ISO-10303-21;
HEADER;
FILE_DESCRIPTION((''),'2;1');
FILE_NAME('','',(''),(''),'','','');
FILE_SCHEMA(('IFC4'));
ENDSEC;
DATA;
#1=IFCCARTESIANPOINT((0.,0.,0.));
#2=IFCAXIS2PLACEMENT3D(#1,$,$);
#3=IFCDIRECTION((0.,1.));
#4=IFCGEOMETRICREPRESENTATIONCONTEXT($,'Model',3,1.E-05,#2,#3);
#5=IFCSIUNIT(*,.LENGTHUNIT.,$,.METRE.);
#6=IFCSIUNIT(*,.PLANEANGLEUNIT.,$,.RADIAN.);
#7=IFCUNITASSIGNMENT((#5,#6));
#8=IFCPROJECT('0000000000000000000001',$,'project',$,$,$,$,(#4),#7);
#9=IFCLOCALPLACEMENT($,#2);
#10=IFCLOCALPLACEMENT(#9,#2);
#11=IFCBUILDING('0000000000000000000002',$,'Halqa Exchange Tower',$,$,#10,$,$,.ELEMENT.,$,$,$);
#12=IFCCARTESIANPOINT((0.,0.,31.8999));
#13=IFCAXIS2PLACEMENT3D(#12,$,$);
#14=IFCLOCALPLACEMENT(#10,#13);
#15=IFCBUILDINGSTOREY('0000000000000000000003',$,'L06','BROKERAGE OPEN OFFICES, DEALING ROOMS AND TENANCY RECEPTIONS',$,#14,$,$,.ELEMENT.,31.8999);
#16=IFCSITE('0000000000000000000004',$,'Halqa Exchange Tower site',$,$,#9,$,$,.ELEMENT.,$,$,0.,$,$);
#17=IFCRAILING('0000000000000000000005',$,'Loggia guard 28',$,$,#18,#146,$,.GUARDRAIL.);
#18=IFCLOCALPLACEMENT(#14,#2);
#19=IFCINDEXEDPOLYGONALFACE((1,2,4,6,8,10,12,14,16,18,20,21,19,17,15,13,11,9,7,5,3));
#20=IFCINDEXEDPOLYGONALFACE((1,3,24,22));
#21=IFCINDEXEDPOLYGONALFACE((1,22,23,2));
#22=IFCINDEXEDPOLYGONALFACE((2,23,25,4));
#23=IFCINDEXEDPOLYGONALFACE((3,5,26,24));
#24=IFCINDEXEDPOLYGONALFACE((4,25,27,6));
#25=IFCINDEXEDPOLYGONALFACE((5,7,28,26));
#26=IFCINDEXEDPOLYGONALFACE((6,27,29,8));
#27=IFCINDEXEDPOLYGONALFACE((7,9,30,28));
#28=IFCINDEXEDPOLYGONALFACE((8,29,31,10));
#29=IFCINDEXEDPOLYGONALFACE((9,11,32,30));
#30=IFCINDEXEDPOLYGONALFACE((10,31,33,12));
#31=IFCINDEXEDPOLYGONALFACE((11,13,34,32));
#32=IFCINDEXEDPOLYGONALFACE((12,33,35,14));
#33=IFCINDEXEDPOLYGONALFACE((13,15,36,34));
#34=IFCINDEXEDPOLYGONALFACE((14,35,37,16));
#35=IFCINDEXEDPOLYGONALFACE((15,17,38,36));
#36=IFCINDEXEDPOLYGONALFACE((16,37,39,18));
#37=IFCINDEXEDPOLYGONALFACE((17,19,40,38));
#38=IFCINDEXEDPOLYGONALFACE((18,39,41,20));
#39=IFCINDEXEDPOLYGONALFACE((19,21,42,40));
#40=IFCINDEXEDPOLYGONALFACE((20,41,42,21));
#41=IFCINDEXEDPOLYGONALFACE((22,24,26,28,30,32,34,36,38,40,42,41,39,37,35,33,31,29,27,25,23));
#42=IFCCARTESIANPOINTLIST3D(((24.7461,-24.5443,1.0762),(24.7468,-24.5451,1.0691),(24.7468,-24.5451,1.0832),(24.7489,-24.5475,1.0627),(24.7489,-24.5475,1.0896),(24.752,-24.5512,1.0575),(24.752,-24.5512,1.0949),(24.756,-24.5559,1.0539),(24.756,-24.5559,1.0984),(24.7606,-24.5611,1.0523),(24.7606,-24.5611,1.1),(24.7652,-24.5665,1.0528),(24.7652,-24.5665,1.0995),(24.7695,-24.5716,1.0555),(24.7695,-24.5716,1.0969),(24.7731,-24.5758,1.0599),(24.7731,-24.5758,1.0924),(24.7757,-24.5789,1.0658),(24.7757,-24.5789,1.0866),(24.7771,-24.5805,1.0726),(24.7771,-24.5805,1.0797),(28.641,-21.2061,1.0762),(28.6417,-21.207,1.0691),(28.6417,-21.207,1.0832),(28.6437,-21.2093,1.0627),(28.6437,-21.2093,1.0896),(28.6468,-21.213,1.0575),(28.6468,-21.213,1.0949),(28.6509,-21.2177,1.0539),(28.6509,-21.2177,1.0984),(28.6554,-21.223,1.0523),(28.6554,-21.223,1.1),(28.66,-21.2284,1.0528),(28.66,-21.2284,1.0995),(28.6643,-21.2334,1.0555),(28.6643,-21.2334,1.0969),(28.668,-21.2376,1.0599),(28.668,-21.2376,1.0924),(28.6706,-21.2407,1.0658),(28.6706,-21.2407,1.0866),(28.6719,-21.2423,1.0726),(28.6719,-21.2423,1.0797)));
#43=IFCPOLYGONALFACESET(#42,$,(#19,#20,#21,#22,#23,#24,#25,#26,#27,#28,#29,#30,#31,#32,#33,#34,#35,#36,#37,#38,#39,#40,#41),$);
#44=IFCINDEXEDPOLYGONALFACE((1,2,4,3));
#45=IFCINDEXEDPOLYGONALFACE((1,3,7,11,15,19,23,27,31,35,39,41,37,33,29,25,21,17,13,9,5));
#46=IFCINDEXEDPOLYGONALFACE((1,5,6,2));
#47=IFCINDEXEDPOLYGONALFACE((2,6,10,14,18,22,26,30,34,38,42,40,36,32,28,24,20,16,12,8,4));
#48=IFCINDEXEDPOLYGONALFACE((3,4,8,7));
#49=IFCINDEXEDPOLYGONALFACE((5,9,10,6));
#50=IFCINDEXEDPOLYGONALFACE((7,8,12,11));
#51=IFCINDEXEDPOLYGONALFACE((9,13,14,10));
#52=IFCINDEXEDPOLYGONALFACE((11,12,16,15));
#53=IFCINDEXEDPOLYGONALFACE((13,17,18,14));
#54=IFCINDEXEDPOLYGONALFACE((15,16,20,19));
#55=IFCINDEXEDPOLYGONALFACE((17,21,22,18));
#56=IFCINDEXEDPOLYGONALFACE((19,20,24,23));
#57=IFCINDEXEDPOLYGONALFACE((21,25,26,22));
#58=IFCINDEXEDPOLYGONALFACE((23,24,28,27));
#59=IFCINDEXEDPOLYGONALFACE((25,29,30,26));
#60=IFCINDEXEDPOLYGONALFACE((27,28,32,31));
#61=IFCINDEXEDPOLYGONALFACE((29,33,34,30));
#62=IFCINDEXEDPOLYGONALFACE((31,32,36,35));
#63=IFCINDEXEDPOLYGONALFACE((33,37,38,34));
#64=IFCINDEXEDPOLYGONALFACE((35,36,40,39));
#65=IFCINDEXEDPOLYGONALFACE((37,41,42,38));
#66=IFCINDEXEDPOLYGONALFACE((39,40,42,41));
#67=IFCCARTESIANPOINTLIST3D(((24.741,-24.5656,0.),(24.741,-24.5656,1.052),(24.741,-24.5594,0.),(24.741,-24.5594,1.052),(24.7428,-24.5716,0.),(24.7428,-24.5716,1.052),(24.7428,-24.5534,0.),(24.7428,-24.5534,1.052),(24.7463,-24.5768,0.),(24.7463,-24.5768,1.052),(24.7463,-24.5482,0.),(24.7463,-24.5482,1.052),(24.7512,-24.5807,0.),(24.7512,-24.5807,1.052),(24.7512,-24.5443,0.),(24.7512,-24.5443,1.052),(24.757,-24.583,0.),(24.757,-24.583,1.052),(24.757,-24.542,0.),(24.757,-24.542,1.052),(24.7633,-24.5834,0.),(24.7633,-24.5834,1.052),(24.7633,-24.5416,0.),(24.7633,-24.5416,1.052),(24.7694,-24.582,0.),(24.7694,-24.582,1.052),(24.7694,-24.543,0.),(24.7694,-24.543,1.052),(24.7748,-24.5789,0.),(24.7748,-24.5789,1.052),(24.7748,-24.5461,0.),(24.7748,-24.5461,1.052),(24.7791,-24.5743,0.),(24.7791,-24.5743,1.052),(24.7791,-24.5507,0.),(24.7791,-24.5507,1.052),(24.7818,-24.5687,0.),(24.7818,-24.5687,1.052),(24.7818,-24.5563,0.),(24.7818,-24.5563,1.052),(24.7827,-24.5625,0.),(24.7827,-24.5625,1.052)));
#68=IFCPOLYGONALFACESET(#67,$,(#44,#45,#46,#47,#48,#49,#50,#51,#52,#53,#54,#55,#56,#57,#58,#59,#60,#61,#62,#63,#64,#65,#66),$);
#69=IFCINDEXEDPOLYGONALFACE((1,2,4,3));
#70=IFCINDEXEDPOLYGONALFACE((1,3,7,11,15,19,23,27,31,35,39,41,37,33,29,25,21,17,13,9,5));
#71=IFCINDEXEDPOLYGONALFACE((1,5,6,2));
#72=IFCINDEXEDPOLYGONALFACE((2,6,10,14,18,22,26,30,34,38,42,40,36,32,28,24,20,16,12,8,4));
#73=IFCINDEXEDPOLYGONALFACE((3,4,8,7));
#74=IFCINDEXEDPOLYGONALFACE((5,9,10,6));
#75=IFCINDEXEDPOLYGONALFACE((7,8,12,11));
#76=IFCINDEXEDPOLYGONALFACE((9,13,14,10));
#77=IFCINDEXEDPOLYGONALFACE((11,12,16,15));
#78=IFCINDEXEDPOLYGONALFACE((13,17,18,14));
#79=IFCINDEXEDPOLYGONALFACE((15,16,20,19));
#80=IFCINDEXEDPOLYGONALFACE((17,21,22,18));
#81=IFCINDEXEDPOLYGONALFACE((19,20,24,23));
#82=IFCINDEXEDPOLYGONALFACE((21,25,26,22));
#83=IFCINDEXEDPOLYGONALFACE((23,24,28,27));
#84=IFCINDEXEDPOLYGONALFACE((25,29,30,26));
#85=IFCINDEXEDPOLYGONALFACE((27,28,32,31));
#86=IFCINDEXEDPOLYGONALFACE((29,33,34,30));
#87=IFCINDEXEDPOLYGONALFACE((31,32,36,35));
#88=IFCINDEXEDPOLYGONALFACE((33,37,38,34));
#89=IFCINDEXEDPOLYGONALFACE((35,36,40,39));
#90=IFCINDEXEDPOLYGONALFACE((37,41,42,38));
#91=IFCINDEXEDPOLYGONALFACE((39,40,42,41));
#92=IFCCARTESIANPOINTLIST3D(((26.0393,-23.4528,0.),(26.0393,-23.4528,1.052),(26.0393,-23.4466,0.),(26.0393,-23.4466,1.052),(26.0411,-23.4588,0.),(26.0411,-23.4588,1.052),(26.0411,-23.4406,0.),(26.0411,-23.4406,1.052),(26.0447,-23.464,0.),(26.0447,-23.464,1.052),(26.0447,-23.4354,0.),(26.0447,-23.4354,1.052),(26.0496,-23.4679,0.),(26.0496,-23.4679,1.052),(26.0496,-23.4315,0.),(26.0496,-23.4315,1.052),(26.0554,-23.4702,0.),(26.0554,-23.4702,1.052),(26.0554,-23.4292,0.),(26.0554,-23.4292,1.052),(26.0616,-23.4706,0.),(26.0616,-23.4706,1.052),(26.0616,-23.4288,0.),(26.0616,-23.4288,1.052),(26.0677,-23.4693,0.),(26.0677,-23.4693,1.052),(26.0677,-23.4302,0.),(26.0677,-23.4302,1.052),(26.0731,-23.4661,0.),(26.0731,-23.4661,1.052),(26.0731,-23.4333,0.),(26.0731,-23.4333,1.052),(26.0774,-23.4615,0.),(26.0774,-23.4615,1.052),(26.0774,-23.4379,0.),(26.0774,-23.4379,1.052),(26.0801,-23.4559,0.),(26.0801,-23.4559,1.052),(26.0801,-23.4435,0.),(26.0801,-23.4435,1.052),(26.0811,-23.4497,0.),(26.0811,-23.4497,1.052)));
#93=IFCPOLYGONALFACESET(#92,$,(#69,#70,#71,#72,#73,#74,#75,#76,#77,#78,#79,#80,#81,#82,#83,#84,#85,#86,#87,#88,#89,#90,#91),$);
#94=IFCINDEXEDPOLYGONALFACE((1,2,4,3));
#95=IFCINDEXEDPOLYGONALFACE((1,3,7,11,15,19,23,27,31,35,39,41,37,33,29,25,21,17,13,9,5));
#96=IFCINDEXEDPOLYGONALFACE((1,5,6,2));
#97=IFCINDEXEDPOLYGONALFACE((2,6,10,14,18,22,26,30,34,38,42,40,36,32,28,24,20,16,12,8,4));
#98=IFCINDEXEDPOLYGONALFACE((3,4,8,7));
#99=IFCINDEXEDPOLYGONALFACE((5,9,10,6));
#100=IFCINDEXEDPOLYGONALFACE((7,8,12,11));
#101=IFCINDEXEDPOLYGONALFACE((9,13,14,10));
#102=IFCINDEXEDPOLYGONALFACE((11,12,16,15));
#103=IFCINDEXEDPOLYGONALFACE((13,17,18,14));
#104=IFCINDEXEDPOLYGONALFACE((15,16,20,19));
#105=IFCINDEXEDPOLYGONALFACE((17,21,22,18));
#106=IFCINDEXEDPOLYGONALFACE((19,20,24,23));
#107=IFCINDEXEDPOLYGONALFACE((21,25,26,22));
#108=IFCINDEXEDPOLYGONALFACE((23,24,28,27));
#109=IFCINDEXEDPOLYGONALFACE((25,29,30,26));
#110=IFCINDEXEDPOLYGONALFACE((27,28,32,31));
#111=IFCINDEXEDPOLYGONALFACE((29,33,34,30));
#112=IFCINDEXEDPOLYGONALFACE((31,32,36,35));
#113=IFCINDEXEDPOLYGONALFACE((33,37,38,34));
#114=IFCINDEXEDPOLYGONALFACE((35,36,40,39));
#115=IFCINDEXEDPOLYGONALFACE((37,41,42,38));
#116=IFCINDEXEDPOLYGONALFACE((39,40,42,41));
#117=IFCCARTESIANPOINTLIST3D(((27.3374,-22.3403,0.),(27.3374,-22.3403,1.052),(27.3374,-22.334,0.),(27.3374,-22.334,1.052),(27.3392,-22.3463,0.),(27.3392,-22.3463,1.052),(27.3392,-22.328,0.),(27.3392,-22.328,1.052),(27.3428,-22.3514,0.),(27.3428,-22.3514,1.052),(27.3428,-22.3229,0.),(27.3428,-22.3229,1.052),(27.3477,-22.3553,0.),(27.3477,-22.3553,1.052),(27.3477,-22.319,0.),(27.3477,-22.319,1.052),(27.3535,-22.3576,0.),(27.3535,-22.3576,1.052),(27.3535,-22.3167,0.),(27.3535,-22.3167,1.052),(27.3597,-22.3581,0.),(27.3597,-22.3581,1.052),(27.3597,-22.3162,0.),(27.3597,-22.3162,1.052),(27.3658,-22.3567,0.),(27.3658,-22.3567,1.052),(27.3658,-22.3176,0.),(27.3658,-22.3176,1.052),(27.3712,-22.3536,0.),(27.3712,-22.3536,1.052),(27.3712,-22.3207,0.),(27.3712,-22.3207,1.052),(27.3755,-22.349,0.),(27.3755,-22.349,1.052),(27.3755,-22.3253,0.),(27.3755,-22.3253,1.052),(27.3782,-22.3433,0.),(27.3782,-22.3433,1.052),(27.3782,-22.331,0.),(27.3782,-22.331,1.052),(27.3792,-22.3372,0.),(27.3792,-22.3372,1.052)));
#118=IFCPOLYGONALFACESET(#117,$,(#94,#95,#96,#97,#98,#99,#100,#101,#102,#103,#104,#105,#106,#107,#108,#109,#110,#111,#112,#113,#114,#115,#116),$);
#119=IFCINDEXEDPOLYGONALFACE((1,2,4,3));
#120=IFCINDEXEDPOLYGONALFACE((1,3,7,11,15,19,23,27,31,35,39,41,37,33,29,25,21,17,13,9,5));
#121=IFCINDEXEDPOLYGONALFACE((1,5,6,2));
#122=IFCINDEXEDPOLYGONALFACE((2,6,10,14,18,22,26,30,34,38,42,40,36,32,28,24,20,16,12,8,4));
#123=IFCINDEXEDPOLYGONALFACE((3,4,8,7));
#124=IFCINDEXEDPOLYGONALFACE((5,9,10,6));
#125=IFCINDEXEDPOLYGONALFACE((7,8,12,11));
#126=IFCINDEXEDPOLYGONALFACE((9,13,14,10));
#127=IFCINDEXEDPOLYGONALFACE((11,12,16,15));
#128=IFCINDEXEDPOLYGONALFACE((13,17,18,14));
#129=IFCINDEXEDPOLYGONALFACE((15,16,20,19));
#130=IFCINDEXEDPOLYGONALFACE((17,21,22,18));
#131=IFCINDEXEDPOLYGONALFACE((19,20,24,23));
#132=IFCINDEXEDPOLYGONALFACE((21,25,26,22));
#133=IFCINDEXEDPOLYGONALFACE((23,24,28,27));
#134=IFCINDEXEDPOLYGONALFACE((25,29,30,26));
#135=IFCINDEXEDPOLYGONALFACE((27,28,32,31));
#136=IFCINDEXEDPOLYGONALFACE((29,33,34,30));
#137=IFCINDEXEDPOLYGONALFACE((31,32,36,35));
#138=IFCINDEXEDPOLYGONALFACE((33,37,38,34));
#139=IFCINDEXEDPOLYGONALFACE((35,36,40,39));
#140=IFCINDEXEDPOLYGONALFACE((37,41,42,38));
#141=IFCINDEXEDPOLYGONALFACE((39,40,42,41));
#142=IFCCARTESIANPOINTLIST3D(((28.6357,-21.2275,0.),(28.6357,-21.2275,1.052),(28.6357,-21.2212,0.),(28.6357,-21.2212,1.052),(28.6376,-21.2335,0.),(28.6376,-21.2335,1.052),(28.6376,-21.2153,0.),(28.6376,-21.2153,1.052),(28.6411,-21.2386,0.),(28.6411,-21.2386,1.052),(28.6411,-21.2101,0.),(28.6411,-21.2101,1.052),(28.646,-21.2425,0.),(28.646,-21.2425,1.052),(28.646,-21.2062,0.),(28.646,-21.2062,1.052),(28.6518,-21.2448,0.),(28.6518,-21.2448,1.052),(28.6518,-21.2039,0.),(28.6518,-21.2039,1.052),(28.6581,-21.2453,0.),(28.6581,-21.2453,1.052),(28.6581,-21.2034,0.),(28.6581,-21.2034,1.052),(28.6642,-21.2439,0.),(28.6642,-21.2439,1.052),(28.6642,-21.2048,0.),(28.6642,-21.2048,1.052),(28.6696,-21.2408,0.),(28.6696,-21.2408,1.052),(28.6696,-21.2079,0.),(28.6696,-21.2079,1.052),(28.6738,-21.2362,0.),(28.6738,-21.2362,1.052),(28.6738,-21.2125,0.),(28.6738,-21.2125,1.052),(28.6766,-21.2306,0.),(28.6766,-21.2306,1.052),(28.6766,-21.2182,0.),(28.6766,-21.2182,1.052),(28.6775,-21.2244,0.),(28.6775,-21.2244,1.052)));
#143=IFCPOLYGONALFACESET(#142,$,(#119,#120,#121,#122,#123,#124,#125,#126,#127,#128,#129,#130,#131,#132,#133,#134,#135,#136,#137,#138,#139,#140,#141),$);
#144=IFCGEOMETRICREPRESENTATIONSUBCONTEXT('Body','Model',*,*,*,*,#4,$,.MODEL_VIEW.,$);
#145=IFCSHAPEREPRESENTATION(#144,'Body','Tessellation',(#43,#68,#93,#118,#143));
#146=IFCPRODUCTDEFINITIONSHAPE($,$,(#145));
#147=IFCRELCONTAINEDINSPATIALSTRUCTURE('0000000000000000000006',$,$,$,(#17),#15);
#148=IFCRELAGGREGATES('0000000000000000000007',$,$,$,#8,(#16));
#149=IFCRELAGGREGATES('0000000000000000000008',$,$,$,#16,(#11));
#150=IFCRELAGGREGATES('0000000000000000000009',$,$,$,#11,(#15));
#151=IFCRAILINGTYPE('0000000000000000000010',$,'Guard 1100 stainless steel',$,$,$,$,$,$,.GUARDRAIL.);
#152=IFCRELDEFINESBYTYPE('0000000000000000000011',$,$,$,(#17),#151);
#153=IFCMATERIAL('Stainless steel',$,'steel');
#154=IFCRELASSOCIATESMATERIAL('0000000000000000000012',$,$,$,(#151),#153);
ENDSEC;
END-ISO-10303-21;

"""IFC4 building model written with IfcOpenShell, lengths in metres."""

from ifc_helpers import new_model, si_unit, direction, frame, origin, origin_2d, place, context, subcontext, project, spatial, circle, extrude, material, type_object, element, save


model = new_model("IFC4")

# Units and contexts
model_context = context("Model", 3, precision=1e-05, world=origin(), true_north=direction((0.0, 1.0)))
body_context = subcontext(model_context, "Body", "Model", "MODEL_VIEW")
ifc_project = project(units=[si_unit("LENGTHUNIT", "METRE"), si_unit("PLANEANGLEUNIT", "RADIAN")], contexts=[model_context])

# Site, building, storey
site_placement = place(None, origin())
site = spatial("IfcSite", under=ifc_project, at=site_placement, Name="Halqa Exchange Tower site", CompositionType="ELEMENT", RefElevation=0.0)
building_placement = place(site_placement, origin())
building = spatial("IfcBuilding", under=site, at=building_placement, Name="Halqa Exchange Tower", CompositionType="ELEMENT")
storey_placement = place(building_placement, frame((0.0, 0.0, 31.8999)))
storey = spatial("IfcBuildingStorey", under=building, at=storey_placement, Name="L06", Description="BROKERAGE OPEN OFFICES, DEALING ROOMS AND TENANCY RECEPTIONS", CompositionType="ELEMENT", Elevation=31.8999)

# Railing
ifc_material_1 = material(Name="Stainless steel", Category="steel")
railing_type = type_object("IfcRailingType", Name="Guard 1100 stainless steel", PredefinedType="GUARDRAIL", material=ifc_material_1)
railing_1_placement = place(storey_placement, frame((24.7617, -24.5625, 0.0)))
element("IfcRailing", 1, at=railing_1_placement, inside=storey, type_object=railing_type, Name="Loggia guard 28", PredefinedType="GUARDRAIL", context=body_context, shape_type="SweptSolid", body=[
    extrude(circle(Radius=0.0239, at=origin_2d()), frame((0.0, 0.0, 1.0762), z_axis=(0.75928, 0.650764, 0.0), x_axis=(-0.650764, 0.75928, 0.0)), (0.0, 0.0, 1.0), 5.1296),
    extrude(circle(Radius=0.021, at=origin_2d()), origin(), (0.0, 0.0, 1.0), 1.052),
    extrude(circle(Radius=0.021, at=origin_2d()), frame((1.2983, 1.1128, 0.0)), (0.0, 0.0, 1.0), 1.052),
    extrude(circle(Radius=0.021, at=origin_2d()), frame((2.5964, 2.2253, 0.0)), (0.0, 0.0, 1.0), 1.052),
    extrude(circle(Radius=0.021, at=origin_2d()), frame((3.8948, 3.3381, 0.0)), (0.0, 0.0, 1.0), 1.052),
])

save(model, "model.ifc")
